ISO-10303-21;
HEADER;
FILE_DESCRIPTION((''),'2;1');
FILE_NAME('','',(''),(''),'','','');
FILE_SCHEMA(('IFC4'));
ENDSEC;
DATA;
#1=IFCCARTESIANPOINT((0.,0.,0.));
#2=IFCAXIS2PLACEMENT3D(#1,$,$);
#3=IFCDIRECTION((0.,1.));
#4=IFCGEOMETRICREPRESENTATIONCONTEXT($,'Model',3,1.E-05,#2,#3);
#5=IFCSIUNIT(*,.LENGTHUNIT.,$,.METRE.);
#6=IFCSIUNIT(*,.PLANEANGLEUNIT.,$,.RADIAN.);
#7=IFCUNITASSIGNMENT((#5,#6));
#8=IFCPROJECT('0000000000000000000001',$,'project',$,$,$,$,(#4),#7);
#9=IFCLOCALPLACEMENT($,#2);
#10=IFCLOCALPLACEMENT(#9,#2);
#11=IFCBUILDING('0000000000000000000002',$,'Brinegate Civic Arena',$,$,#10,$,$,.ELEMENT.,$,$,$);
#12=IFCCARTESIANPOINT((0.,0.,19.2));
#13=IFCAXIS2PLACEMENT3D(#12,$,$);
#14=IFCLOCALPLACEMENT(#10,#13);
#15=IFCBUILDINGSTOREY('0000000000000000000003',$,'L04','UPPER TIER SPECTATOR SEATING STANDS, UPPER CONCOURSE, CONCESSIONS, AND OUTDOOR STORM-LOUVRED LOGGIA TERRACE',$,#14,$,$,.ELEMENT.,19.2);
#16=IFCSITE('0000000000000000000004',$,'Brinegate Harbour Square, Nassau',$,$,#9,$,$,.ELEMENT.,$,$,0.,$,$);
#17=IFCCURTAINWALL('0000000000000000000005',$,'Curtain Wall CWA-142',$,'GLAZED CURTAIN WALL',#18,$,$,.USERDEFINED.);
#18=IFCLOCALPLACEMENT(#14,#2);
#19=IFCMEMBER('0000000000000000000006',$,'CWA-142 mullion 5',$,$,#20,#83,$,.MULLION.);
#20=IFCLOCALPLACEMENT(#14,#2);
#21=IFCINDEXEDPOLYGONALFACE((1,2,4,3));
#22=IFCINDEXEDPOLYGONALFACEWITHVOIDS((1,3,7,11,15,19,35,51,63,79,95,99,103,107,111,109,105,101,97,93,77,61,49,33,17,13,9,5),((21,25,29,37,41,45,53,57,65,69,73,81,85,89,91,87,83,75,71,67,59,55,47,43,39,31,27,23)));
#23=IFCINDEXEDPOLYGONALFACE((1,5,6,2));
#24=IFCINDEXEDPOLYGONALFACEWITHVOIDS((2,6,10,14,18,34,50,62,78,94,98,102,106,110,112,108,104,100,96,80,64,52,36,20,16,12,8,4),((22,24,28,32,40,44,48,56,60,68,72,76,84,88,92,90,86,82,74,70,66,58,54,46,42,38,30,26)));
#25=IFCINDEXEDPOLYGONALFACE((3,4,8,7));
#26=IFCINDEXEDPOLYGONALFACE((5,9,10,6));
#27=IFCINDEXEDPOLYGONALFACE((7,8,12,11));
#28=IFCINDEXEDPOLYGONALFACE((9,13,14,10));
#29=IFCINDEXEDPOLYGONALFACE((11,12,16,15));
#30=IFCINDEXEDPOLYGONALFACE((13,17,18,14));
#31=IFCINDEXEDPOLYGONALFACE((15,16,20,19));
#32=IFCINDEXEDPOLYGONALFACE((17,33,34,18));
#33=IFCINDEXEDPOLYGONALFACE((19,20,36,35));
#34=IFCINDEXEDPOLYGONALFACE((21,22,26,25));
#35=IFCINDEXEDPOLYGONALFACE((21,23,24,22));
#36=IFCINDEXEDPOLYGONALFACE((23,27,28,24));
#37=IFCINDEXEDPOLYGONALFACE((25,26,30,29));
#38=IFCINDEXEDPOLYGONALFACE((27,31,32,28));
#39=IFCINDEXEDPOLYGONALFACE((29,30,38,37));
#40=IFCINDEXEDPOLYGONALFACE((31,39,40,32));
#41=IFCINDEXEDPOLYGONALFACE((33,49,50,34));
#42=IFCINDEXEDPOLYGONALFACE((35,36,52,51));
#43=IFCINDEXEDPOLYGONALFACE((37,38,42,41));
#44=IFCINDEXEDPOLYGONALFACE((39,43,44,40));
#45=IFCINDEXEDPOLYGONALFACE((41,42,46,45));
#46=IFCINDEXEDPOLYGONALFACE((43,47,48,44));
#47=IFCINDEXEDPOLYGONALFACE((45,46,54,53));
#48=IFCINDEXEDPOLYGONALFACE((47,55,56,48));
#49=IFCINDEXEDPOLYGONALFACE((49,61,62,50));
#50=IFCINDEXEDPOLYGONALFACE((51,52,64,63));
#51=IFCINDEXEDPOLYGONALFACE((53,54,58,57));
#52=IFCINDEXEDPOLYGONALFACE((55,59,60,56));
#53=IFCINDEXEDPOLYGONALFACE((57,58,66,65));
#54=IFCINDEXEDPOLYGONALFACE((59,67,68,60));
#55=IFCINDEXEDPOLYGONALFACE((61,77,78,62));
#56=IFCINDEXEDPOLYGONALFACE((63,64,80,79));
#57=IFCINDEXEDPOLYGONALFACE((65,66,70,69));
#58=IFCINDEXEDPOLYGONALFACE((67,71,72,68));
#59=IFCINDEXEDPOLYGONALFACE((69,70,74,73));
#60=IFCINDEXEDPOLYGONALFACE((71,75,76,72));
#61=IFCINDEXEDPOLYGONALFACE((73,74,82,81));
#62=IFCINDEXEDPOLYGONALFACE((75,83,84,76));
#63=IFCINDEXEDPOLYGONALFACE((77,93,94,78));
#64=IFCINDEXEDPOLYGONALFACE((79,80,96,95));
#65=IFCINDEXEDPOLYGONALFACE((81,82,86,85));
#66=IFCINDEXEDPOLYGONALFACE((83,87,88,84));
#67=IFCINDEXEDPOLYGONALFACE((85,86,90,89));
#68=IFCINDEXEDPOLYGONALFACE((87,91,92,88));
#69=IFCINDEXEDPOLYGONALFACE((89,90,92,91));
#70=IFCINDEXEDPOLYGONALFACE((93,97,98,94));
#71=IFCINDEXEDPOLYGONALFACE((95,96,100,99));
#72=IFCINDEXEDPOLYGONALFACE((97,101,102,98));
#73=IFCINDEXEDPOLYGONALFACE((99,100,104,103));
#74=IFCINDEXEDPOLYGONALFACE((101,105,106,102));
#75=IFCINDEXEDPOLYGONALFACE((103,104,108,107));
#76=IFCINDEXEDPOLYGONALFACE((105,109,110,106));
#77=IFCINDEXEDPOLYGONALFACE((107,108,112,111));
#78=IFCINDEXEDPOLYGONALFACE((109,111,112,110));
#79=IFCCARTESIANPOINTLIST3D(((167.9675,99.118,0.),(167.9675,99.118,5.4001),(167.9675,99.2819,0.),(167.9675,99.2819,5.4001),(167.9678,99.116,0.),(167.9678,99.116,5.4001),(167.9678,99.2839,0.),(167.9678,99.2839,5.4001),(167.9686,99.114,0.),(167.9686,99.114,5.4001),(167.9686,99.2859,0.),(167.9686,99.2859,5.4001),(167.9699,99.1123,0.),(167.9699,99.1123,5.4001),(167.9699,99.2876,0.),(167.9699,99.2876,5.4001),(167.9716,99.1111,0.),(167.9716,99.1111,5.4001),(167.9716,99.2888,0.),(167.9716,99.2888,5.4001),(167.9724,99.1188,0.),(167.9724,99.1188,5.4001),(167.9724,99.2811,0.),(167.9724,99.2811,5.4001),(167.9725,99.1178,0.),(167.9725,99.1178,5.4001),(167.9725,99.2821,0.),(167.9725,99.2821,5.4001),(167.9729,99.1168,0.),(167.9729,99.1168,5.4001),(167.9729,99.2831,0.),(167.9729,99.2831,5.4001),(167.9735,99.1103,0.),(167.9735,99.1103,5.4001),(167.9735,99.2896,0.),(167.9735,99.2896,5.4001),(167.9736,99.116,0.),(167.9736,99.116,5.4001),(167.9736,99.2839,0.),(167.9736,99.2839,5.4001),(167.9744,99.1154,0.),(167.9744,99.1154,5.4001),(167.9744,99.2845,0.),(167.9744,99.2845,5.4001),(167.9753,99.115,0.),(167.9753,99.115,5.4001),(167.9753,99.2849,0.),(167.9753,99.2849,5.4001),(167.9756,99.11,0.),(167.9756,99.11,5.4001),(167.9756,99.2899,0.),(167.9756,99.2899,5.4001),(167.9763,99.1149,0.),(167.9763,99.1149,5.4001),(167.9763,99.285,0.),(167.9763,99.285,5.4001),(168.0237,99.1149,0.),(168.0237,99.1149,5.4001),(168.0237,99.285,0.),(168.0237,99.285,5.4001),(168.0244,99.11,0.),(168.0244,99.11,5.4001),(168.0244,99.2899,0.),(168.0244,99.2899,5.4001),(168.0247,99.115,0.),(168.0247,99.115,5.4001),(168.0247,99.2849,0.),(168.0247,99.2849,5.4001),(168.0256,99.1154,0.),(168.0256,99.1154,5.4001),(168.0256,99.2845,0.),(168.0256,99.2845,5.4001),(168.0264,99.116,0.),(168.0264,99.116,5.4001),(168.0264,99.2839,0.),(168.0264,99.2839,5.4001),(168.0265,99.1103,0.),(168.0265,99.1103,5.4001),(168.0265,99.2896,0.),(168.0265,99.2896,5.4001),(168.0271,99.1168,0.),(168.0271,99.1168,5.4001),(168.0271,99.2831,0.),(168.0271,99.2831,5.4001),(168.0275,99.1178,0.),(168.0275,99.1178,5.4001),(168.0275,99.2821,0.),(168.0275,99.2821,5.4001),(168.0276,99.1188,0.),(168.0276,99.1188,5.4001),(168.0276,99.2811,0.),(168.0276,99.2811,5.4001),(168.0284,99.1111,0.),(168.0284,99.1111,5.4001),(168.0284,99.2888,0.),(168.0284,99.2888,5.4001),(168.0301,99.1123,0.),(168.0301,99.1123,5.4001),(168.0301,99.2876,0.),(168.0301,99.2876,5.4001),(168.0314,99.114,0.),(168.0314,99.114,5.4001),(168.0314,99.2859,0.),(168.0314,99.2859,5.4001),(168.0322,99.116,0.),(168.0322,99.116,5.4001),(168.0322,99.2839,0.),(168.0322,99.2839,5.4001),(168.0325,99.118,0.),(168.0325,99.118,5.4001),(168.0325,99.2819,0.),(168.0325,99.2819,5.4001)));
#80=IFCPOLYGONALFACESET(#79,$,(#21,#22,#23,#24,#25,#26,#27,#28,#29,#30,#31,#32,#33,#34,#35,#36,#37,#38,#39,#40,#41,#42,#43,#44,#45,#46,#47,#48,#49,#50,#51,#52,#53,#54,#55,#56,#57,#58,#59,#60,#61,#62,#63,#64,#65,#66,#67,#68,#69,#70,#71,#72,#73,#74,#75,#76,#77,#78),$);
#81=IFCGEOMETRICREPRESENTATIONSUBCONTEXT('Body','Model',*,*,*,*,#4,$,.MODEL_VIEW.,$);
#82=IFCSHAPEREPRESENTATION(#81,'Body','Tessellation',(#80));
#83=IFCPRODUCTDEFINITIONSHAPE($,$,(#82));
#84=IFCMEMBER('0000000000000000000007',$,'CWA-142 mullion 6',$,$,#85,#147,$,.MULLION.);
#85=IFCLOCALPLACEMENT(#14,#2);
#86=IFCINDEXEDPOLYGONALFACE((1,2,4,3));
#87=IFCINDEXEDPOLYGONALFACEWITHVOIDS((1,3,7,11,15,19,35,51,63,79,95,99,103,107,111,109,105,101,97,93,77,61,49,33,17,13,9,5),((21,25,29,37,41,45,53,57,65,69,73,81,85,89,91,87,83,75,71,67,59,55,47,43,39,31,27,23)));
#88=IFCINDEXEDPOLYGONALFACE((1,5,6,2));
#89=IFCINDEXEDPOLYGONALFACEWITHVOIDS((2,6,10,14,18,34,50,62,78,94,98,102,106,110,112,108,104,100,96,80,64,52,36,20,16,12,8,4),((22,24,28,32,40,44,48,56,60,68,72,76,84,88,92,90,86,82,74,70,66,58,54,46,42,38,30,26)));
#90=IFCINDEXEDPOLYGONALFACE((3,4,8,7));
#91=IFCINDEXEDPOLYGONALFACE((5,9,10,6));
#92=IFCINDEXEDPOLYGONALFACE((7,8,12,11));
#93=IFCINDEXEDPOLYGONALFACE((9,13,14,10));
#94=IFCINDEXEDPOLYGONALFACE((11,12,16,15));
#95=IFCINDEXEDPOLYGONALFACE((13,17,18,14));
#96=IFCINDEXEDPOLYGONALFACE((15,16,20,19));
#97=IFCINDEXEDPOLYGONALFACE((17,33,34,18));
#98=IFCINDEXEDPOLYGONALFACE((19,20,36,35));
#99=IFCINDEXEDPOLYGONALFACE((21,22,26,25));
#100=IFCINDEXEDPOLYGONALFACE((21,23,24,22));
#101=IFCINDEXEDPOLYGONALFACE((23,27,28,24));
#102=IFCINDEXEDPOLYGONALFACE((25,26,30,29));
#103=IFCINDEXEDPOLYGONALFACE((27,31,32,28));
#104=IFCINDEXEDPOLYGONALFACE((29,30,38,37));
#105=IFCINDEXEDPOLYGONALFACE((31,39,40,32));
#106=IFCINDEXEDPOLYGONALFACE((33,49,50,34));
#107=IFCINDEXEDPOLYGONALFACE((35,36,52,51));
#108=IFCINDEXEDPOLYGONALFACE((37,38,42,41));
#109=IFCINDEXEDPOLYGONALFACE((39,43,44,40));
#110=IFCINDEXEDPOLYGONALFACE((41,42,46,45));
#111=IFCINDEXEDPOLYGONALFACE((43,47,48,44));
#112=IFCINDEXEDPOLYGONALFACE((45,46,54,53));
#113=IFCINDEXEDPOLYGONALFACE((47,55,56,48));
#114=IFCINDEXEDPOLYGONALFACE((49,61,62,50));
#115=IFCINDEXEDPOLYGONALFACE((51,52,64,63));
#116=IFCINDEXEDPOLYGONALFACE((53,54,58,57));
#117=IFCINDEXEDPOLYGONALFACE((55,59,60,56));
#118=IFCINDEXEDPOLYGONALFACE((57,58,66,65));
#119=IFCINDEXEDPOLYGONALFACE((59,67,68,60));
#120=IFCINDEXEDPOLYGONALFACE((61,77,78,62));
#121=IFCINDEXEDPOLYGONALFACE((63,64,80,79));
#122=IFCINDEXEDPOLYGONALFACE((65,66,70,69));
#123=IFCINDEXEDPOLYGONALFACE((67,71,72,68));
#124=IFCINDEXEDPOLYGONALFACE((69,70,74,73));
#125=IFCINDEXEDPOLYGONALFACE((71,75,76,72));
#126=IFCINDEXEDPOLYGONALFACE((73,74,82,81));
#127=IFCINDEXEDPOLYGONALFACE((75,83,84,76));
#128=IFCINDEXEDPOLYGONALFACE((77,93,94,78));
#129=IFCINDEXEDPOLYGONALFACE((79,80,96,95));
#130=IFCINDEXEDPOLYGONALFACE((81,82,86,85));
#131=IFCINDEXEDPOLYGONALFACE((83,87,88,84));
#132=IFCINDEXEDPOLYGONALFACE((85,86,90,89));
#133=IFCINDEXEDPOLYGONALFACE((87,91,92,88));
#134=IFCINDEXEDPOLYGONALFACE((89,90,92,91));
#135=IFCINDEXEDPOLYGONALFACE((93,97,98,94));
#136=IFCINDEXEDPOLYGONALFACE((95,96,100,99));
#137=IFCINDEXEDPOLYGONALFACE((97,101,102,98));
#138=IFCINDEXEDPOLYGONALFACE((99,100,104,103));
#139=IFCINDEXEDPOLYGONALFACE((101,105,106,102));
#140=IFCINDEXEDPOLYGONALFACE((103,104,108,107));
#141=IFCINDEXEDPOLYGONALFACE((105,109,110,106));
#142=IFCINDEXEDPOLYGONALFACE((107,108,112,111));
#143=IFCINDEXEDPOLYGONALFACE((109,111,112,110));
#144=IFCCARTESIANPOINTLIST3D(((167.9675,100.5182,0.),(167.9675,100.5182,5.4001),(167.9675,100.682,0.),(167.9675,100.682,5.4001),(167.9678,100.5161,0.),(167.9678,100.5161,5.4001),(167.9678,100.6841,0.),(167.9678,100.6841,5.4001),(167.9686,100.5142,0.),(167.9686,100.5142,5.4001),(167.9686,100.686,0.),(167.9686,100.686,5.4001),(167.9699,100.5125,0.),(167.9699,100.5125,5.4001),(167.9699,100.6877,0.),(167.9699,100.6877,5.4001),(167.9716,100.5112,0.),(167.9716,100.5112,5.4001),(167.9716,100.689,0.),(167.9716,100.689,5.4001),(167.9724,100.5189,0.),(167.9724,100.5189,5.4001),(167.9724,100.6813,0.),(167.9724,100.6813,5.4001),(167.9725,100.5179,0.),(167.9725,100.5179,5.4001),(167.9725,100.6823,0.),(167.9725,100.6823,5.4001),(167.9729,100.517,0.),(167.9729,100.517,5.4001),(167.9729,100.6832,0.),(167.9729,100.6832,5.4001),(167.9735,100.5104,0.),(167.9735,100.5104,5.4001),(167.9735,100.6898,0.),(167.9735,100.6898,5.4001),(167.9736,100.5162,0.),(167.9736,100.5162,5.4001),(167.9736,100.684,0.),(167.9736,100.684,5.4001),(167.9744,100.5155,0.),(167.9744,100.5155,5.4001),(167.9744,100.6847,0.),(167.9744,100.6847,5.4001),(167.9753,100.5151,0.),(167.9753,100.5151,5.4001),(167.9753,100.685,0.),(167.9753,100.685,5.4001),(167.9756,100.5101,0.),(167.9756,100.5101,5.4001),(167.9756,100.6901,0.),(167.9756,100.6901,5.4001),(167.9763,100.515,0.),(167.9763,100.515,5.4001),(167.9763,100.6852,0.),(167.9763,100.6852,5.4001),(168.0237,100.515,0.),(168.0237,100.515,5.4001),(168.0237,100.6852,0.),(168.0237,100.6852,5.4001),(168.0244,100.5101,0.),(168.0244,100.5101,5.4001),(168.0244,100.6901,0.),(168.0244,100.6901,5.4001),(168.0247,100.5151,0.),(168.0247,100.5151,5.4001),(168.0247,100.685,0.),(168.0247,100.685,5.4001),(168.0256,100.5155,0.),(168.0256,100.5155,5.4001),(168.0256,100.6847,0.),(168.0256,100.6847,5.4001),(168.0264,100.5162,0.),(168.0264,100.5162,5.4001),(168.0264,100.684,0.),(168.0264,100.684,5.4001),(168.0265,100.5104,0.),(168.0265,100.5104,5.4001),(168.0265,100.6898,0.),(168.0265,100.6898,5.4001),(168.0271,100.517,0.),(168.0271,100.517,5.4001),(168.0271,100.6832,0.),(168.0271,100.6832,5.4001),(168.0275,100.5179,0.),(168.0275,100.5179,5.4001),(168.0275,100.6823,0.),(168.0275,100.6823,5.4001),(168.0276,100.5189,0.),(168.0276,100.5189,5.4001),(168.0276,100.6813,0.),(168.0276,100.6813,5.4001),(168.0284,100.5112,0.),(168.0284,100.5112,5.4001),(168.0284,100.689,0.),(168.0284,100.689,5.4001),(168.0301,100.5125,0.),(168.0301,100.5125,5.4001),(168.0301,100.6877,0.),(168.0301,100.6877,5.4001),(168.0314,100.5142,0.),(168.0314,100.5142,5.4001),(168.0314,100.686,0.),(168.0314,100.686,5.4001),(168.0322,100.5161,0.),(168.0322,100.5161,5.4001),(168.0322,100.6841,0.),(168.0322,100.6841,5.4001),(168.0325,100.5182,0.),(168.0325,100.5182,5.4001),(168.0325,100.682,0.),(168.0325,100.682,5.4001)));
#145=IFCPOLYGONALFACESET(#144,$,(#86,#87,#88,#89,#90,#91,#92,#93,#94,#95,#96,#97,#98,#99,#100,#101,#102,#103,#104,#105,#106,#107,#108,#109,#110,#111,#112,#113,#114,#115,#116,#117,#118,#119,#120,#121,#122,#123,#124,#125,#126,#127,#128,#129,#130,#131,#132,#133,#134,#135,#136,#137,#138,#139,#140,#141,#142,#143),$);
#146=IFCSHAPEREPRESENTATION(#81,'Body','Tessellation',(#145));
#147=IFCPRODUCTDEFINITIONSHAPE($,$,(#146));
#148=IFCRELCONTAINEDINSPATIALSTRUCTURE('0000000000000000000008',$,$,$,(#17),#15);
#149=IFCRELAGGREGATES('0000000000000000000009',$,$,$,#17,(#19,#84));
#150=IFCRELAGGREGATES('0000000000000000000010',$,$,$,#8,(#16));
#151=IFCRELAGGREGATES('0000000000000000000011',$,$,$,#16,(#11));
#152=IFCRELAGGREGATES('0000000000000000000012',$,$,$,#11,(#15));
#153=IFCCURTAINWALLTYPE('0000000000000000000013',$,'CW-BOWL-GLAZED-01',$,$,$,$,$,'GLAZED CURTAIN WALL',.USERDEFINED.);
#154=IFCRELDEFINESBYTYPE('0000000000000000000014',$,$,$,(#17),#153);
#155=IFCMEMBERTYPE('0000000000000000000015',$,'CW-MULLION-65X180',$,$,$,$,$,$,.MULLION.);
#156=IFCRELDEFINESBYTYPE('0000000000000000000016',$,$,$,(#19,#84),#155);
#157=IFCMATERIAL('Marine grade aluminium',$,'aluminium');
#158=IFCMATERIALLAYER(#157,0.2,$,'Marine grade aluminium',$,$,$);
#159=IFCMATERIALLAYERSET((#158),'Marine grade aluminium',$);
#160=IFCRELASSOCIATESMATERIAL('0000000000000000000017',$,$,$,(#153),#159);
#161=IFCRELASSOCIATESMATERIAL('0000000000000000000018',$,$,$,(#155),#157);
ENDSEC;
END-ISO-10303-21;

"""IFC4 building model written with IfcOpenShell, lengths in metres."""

from ifc_helpers import new_model, si_unit, direction, frame, origin, origin_2d, place, context, subcontext, project, spatial, hollow_rectangle, extrude, material, layer, layer_set, material_profile, profile_set, type_object, element, aggregate, save


model = new_model("IFC4")

# Units and contexts
model_context = context("Model", 3, precision=1e-05, world=origin(), true_north=direction((0.0, 1.0)))
body_context = subcontext(model_context, "Body", "Model", "MODEL_VIEW")
ifc_project = project(units=[si_unit("LENGTHUNIT", "METRE"), si_unit("PLANEANGLEUNIT", "RADIAN")], contexts=[model_context])

# Site, building, storey
site_placement = place(None, origin())
site = spatial("IfcSite", under=ifc_project, at=site_placement, Name="Brinegate Harbour Square, Nassau", CompositionType="ELEMENT", RefElevation=0.0)
building_placement = place(site_placement, origin())
building = spatial("IfcBuilding", under=site, at=building_placement, Name="Brinegate Civic Arena", CompositionType="ELEMENT")
storey_placement = place(building_placement, frame((0.0, 0.0, 19.2)))
storey = spatial("IfcBuildingStorey", under=building, at=storey_placement, Name="L04", Description="UPPER TIER SPECTATOR SEATING STANDS, UPPER CONCOURSE, CONCESSIONS, AND OUTDOOR STORM-LOUVRED LOGGIA TERRACE", CompositionType="ELEMENT", Elevation=19.2)

# Curtain wall, members
ifc_material_1 = material(Name="Marine grade aluminium", Category="aluminium")
ifc_layer_1 = layer(ifc_material_1, 0.2, Name="Marine grade aluminium")
ifc_layer_set_1 = layer_set([ifc_layer_1], Name="Marine grade aluminium")
curtain_wall_type = type_object("IfcCurtainWallType", Name="CW-BOWL-GLAZED-01", ElementType="GLAZED CURTAIN WALL", PredefinedType="USERDEFINED", material=ifc_layer_set_1)
curtain_wall_placement = place(storey_placement, origin())
curtain_wall = element("IfcCurtainWall", 1, at=curtain_wall_placement, inside=storey, type_object=curtain_wall_type, Name="Curtain Wall CWA-142", ObjectType="GLAZED CURTAIN WALL", PredefinedType="USERDEFINED")
ifc_material_profile_1 = material_profile(ifc_material_1, hollow_rectangle(XDim=0.0649, YDim=0.1799, WallThickness=0.0049, InnerFilletRadius=0.0039, OuterFilletRadius=0.0081, at=origin_2d()), Name="MUL65X180")
ifc_profile_set_1 = profile_set([ifc_material_profile_1], Name="Marine grade aluminium")
member_type_1 = type_object("IfcMemberType", Name="CW-MULLION-65X180", PredefinedType="MULLION", material=ifc_profile_set_1)
member_1_placement = place(storey_placement, frame((168.0, 99.2, 0.0), z_axis=(0.0, 0.0, 1.0), x_axis=(-1.0, 0.0, 0.0)))
member_1 = element("IfcMember", 2, at=member_1_placement, type_object=member_type_1, Name="CWA-142 mullion 5", PredefinedType="MULLION", context=body_context, shape_type="SweptSolid", body=[
    extrude(hollow_rectangle(XDim=0.0649, YDim=0.1799, WallThickness=0.0049, InnerFilletRadius=0.0039, OuterFilletRadius=0.0081, at=origin_2d()), origin(), (0.0, 0.0, 1.0), 5.4001),
])
member_2_placement = place(storey_placement, frame((168.0, 100.6001, 0.0), z_axis=(0.0, 0.0, 1.0), x_axis=(-1.0, 0.0, 0.0)))
member_2 = element("IfcMember", 3, at=member_2_placement, type_object=member_type_1, Name="CWA-142 mullion 6", PredefinedType="MULLION", context=body_context, shape_type="SweptSolid", body=[
    extrude(hollow_rectangle(XDim=0.0649, YDim=0.1799, WallThickness=0.0049, InnerFilletRadius=0.0039, OuterFilletRadius=0.0081, at=origin_2d()), origin(), (0.0, 0.0, 1.0), 5.4001),
])
aggregate(curtain_wall, [member_1, member_2])

save(model, "model.ifc")
